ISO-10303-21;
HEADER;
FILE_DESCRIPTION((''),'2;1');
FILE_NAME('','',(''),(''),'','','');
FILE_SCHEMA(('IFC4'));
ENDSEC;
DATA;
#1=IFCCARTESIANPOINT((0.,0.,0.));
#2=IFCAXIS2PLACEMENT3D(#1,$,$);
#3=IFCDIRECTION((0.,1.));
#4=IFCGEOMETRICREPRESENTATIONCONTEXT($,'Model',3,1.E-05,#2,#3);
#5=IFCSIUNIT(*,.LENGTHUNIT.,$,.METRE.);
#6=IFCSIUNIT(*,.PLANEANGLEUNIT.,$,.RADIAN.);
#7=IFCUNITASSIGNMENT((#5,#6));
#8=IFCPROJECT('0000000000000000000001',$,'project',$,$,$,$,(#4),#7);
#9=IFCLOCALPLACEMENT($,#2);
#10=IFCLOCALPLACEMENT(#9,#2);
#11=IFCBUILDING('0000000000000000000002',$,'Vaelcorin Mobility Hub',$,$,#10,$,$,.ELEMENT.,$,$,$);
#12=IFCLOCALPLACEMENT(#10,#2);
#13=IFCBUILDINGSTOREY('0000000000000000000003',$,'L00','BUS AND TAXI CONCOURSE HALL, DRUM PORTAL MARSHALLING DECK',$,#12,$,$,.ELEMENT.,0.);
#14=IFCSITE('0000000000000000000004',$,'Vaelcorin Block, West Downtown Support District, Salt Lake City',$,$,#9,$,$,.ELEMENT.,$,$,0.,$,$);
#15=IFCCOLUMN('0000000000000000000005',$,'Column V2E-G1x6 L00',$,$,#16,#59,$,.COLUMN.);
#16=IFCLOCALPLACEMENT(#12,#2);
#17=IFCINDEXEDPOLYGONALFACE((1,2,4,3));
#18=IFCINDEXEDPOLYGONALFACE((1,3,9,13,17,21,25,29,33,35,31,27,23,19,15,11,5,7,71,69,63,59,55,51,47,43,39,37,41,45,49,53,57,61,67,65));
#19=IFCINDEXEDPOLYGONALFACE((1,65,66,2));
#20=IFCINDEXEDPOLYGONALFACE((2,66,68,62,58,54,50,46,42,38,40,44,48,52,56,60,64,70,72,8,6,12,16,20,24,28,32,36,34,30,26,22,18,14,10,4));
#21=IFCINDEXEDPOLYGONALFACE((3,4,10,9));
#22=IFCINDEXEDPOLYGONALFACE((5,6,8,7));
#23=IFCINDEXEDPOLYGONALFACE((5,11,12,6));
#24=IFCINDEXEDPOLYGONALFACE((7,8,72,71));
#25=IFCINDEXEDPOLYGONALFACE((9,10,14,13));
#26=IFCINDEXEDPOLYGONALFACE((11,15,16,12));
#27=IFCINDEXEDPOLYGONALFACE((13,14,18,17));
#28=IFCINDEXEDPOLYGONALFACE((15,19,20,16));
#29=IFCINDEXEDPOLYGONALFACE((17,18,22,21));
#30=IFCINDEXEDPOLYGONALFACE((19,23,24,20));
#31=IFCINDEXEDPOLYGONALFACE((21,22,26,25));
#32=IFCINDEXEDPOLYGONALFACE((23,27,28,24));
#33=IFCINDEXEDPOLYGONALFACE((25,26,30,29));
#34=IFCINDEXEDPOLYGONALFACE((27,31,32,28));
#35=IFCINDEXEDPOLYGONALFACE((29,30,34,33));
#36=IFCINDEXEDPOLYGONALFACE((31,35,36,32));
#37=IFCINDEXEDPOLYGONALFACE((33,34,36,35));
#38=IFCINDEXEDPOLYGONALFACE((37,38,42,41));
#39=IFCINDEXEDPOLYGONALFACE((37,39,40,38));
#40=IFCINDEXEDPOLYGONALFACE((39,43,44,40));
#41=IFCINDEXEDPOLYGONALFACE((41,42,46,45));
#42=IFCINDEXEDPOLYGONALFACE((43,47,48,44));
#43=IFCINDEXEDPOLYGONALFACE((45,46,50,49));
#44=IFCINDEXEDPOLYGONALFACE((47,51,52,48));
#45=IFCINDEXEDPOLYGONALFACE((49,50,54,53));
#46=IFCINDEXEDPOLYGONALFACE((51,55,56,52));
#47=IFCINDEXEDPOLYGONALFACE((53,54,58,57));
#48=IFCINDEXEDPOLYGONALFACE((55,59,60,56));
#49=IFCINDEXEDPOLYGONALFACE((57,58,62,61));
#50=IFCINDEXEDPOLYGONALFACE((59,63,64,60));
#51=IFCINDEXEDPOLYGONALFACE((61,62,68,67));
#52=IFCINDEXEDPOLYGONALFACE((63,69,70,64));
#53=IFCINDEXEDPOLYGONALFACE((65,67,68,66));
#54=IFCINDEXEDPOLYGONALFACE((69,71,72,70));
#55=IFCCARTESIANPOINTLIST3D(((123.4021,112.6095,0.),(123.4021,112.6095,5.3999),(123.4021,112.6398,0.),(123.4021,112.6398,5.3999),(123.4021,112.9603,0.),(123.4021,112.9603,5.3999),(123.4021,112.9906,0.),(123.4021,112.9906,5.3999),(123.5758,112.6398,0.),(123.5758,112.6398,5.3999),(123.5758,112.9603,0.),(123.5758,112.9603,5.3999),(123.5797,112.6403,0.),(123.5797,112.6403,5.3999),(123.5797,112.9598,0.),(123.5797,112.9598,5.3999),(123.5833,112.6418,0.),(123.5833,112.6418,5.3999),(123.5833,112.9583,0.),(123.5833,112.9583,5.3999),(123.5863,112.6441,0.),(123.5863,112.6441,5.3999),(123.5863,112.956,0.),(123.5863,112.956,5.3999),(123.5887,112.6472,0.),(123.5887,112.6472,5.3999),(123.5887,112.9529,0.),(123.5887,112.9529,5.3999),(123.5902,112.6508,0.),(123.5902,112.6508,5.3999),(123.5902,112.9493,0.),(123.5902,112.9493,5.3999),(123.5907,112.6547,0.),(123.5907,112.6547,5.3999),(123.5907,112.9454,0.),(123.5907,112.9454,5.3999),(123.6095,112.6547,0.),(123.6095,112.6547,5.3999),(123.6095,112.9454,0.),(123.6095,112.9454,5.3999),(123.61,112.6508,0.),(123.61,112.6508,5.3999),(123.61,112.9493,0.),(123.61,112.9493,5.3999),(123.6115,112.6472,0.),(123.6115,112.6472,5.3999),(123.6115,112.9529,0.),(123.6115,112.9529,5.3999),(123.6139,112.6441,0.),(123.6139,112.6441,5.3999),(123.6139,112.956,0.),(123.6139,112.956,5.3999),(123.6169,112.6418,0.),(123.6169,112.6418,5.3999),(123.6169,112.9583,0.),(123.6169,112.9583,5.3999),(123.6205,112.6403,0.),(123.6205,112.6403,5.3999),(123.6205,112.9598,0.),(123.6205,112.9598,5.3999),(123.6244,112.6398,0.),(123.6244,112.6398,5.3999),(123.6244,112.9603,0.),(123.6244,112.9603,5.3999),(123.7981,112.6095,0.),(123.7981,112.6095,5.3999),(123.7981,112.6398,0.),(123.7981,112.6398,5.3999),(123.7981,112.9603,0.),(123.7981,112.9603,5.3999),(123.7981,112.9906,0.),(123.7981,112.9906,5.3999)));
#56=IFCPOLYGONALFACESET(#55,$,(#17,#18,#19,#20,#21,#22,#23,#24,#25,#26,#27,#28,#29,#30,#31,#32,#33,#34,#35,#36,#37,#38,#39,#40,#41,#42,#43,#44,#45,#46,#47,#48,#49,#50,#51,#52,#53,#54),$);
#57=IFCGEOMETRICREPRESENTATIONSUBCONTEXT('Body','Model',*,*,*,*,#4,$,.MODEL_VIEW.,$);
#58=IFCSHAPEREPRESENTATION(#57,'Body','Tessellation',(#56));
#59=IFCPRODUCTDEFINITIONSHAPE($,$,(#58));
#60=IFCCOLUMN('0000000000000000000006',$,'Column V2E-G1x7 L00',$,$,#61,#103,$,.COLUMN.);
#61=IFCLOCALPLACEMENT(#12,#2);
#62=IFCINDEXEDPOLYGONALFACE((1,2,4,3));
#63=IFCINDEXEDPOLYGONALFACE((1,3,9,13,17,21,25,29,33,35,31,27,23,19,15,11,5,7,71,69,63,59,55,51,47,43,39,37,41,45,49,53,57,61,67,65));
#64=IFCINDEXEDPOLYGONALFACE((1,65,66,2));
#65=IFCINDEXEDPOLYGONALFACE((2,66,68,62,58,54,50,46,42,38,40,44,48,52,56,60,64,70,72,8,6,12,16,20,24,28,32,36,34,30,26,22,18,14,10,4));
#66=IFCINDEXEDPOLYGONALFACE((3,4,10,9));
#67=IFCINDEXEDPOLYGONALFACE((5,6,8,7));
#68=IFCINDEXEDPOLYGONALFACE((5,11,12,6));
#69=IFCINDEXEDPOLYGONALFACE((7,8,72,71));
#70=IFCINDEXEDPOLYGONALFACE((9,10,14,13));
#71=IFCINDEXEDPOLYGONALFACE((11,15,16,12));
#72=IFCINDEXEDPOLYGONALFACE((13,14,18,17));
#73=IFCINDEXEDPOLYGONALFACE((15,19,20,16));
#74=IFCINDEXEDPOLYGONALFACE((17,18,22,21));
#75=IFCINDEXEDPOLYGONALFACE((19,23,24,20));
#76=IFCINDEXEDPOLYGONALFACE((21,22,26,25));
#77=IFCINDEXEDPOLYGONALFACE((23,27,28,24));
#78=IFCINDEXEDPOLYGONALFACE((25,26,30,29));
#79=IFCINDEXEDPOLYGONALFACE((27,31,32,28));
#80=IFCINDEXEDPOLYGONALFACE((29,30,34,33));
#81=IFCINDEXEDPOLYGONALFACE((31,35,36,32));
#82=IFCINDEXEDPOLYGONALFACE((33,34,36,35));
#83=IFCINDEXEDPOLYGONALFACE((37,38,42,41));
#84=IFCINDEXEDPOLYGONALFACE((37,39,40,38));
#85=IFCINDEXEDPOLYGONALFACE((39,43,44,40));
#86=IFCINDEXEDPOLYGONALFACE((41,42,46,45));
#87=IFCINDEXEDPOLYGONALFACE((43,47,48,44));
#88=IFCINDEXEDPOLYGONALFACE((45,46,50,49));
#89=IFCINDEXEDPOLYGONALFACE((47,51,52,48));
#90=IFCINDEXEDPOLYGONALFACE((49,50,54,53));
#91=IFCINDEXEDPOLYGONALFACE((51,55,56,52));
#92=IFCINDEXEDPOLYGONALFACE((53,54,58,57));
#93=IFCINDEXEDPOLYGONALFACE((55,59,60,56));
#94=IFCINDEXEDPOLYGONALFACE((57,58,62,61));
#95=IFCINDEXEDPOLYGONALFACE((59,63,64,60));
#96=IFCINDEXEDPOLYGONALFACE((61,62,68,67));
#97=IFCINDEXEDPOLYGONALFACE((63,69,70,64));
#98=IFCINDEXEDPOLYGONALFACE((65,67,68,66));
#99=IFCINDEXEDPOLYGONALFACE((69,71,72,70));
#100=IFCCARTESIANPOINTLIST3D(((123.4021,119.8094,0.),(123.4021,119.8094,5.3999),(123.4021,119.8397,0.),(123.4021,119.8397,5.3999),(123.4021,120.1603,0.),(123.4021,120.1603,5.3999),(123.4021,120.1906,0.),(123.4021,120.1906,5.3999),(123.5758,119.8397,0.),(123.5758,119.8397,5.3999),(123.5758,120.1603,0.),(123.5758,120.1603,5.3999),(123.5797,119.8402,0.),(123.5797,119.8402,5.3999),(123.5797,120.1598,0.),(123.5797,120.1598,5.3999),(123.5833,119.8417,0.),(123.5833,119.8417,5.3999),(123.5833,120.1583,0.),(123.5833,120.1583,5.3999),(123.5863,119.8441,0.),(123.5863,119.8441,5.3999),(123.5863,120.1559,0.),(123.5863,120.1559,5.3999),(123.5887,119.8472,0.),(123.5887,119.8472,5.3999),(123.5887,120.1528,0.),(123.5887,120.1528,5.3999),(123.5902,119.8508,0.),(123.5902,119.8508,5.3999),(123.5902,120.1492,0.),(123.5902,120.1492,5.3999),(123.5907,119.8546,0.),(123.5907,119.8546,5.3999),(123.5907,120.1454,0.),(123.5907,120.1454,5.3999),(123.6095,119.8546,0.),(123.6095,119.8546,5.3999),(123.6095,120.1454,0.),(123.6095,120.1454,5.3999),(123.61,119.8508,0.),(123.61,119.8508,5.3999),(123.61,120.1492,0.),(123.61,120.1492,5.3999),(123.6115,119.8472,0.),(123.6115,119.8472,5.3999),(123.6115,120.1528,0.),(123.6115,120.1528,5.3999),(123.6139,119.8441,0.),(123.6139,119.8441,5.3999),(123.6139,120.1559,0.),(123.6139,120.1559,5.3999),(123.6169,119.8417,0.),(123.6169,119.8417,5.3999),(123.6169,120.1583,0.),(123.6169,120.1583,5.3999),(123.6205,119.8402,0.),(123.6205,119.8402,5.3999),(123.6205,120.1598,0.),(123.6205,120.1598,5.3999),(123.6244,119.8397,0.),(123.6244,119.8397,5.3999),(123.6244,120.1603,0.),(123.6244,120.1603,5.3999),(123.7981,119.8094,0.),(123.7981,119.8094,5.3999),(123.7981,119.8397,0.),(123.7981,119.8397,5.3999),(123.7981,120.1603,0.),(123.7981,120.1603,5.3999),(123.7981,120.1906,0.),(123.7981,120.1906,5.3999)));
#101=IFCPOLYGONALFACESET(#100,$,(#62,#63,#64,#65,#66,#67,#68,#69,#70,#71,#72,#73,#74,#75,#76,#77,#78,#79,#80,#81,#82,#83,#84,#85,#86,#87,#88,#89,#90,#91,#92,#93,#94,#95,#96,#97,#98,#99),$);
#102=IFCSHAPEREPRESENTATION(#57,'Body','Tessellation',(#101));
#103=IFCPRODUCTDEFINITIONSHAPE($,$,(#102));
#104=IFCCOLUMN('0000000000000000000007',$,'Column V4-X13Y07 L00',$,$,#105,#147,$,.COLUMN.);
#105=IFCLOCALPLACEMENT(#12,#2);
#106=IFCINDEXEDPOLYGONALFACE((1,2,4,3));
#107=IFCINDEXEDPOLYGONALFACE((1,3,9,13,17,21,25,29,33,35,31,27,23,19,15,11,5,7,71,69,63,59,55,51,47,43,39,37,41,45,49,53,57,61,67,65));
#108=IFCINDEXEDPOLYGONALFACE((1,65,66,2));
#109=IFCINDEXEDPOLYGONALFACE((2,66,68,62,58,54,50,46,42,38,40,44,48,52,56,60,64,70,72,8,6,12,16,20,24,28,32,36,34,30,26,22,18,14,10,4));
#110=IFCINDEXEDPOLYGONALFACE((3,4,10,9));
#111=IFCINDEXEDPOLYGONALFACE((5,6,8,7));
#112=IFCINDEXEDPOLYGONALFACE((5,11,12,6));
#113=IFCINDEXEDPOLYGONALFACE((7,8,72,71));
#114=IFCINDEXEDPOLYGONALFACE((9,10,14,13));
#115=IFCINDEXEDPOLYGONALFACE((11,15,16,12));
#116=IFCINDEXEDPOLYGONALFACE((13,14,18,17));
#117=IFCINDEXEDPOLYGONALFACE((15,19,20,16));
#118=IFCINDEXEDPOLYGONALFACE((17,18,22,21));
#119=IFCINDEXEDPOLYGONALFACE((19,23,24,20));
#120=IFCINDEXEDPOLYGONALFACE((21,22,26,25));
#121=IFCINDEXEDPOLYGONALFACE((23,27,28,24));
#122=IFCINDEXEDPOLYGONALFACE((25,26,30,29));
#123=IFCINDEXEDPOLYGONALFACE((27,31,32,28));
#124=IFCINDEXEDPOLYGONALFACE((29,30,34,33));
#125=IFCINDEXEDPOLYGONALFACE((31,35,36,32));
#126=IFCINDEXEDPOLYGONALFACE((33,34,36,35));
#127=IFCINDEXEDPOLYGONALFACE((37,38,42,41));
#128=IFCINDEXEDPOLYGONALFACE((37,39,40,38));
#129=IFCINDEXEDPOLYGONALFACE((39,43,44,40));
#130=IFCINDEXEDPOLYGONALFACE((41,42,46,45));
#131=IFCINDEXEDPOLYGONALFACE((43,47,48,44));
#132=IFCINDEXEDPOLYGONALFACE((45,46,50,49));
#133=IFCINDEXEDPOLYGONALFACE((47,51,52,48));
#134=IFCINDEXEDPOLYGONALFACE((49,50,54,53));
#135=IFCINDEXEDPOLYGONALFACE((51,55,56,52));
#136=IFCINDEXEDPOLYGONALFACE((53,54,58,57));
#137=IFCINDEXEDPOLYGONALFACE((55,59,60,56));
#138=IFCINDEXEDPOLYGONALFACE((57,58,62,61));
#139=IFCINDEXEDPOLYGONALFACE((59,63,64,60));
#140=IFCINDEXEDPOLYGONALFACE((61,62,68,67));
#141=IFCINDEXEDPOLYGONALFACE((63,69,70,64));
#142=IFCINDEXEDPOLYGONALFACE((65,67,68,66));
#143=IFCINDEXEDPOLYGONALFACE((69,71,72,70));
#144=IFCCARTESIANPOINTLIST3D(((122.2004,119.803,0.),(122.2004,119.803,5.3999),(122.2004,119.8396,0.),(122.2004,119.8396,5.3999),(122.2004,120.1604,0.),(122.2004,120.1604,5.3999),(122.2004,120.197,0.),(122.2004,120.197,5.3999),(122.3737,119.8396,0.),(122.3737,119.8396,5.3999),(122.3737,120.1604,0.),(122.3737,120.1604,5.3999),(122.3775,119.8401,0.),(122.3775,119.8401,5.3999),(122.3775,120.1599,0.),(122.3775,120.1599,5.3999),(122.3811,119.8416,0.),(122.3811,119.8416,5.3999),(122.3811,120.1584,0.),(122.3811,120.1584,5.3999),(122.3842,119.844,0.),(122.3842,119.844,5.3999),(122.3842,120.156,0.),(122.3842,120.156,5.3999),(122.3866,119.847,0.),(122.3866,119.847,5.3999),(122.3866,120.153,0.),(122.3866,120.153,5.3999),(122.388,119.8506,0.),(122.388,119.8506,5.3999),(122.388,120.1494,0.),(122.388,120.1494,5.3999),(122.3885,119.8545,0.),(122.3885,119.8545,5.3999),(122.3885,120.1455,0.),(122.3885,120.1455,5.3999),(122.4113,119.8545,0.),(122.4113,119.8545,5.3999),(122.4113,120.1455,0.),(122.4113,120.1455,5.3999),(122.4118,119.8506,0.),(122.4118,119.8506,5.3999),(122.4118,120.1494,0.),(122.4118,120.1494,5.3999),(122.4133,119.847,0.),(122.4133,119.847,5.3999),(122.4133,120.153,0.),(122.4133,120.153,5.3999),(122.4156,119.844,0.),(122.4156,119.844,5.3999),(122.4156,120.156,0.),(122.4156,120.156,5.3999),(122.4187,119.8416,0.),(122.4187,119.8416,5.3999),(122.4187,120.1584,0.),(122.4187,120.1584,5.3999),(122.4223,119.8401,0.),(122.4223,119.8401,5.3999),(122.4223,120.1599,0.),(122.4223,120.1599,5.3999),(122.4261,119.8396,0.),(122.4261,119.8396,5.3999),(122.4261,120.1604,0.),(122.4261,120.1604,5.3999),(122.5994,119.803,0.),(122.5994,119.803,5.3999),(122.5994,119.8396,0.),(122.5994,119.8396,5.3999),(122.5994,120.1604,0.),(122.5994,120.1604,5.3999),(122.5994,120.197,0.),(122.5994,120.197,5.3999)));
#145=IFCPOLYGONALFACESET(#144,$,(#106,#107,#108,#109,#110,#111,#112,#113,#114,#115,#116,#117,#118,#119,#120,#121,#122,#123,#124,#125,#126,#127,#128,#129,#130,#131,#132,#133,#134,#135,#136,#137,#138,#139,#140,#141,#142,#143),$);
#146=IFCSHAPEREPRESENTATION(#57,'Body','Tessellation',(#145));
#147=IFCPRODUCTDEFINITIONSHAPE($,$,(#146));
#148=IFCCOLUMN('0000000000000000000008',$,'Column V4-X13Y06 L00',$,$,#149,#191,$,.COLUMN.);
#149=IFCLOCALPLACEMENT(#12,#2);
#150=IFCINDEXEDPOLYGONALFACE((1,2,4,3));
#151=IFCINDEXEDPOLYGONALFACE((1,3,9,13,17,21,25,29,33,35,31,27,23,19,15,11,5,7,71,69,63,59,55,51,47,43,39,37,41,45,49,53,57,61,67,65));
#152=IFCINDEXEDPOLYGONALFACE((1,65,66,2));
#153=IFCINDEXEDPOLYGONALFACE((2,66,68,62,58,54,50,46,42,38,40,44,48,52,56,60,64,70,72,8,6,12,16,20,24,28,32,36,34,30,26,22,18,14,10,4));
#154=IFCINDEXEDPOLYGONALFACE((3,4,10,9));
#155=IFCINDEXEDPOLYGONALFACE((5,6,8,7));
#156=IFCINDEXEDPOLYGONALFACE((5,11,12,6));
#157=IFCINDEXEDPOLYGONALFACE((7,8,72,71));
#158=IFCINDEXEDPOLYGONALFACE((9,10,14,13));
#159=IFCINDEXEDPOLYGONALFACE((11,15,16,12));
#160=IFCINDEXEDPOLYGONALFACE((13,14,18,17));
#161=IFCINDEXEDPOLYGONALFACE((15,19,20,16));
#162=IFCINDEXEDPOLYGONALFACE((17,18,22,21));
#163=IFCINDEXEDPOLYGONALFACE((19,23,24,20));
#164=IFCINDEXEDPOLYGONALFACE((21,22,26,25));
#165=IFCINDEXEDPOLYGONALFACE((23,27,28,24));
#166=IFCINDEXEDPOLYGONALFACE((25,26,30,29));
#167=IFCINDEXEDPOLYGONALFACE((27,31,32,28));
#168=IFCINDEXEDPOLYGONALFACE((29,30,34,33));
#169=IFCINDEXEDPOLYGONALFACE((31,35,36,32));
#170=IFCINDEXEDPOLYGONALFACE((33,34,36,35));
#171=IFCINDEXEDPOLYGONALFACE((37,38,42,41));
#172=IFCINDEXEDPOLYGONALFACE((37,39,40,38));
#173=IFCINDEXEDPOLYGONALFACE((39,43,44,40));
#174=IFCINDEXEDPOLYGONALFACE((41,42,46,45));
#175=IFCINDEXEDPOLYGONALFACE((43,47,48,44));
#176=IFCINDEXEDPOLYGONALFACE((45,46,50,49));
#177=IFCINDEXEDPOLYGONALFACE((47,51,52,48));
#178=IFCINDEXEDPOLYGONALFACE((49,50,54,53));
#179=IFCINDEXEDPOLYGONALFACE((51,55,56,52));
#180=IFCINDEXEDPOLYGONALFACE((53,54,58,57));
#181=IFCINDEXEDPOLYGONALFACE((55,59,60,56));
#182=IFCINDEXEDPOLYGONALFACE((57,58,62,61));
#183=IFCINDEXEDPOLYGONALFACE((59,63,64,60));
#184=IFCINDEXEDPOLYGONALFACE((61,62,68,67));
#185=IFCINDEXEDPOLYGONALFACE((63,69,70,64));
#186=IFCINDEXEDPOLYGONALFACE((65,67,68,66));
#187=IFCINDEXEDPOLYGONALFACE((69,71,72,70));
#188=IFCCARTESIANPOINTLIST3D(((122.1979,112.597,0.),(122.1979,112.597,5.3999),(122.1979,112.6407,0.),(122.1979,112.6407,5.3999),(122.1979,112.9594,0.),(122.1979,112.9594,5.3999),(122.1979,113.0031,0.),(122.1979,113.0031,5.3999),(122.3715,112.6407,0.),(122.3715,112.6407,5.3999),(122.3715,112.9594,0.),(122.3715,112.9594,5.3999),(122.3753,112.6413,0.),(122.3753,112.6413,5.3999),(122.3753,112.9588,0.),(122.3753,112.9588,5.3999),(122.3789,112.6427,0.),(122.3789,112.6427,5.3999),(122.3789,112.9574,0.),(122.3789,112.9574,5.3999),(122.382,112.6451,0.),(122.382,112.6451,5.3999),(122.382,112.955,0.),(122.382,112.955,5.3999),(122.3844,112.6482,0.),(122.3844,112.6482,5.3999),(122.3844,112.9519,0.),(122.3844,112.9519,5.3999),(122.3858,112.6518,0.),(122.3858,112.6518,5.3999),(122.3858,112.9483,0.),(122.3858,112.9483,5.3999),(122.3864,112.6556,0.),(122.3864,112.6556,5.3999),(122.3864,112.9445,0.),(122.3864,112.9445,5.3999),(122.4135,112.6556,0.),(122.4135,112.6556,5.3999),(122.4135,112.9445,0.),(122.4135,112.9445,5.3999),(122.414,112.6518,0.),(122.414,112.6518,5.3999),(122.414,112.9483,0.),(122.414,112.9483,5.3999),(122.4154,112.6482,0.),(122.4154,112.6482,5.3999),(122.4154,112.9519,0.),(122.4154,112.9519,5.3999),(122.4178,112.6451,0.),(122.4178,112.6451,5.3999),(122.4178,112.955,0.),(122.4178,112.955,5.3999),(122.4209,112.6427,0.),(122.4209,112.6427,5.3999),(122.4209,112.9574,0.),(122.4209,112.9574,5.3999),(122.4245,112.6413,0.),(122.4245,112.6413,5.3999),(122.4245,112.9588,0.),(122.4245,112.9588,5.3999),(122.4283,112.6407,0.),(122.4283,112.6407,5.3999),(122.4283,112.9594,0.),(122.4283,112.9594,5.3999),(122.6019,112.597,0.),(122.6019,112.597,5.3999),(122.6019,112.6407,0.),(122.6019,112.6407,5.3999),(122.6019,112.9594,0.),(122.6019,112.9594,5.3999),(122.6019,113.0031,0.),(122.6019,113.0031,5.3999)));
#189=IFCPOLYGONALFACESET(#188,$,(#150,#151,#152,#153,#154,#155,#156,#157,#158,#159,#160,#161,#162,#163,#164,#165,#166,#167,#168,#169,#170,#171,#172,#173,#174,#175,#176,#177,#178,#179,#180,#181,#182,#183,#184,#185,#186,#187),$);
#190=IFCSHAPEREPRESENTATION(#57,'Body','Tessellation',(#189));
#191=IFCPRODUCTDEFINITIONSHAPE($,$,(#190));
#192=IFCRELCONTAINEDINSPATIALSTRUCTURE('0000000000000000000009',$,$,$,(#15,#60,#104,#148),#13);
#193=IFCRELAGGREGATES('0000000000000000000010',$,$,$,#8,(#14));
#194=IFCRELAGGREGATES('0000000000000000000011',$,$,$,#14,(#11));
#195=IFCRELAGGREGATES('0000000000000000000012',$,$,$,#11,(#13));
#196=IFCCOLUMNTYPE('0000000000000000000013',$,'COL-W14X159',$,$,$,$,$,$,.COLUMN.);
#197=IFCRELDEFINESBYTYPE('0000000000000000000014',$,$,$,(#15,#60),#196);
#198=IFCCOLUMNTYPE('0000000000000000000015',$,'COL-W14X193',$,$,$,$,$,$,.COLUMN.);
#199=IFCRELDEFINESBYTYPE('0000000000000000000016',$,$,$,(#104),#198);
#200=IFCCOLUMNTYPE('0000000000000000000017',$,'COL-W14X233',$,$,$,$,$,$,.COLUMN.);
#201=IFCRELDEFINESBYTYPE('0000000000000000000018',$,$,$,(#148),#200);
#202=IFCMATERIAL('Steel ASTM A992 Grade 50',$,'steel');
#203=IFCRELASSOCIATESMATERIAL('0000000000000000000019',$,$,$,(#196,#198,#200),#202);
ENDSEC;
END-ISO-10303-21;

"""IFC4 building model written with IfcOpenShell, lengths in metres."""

from ifc_helpers import new_model, si_unit, direction, frame, origin, origin_2d, place, context, subcontext, project, spatial, i_section, extrude, material, material_profile, profile_set, type_object, element, save


model = new_model("IFC4")

# Units and contexts
model_context = context("Model", 3, precision=1e-05, world=origin(), true_north=direction((0.0, 1.0)))
body_context = subcontext(model_context, "Body", "Model", "MODEL_VIEW")
ifc_project = project(units=[si_unit("LENGTHUNIT", "METRE"), si_unit("PLANEANGLEUNIT", "RADIAN")], contexts=[model_context])

# Site, building, storey
site_placement = place(None, origin())
site = spatial("IfcSite", under=ifc_project, at=site_placement, Name="Vaelcorin Block, West Downtown Support District, Salt Lake City", CompositionType="ELEMENT", RefElevation=0.0)
building_placement = place(site_placement, origin())
building = spatial("IfcBuilding", under=site, at=building_placement, Name="Vaelcorin Mobility Hub", CompositionType="ELEMENT")
storey_placement = place(building_placement, origin())
storey = spatial("IfcBuildingStorey", under=building, at=storey_placement, Name="L00", Description="BUS AND TAXI CONCOURSE HALL, DRUM PORTAL MARSHALLING DECK", CompositionType="ELEMENT", Elevation=0.0)

# Columns
ifc_material_1 = material(Name="Steel ASTM A992 Grade 50", Category="steel")
ifc_material_profile_1 = material_profile(ifc_material_1, i_section(OverallWidth=0.396, OverallDepth=0.3811, WebThickness=0.0188, FlangeThickness=0.0303, FilletRadius=0.0149, at=origin_2d()), Name="W14X159")
ifc_profile_set_1 = profile_set([ifc_material_profile_1], Name="Steel ASTM A992 Grade 50")
column_type_1 = type_object("IfcColumnType", Name="COL-W14X159", PredefinedType="COLUMN", material=ifc_profile_set_1)
for number, where, z_axis, x_axis, name in (
    (1, (123.6001, 112.8, 0.0), (0.0, 0.0, 1.0), (1.0, 0.0, 0.0), "Column V2E-G1x6 L00"),
    (2, (123.6001, 120.0, 0.0), (0.0, 0.0, 1.0), (1.0, 0.0, 0.0), "Column V2E-G1x7 L00"),
):
    element("IfcColumn", number, at=place(storey_placement, frame(where, z_axis=z_axis, x_axis=x_axis)), inside=storey, type_object=column_type_1, Name=name, PredefinedType="COLUMN", context=body_context, shape_type="SweptSolid", body=[
        extrude(i_section(OverallWidth=0.396, OverallDepth=0.3811, WebThickness=0.0188, FlangeThickness=0.0303, FilletRadius=0.0149, at=origin_2d()), origin(), (0.0, 0.0, 1.0), 5.3999),
    ])
ifc_material_profile_2 = material_profile(ifc_material_1, i_section(OverallWidth=0.3989, OverallDepth=0.394, WebThickness=0.0227, FlangeThickness=0.0366, FilletRadius=0.0149, at=origin_2d()), Name="W14X193")
ifc_profile_set_2 = profile_set([ifc_material_profile_2], Name="Steel ASTM A992 Grade 50")
column_type_2 = type_object("IfcColumnType", Name="COL-W14X193", PredefinedType="COLUMN", material=ifc_profile_set_2)
column_1_placement = place(storey_placement, frame((122.3999, 120.0, 0.0), z_axis=(0.0, 0.0, 1.0), x_axis=(1.0, 0.0, 0.0)))
element("IfcColumn", 3, at=column_1_placement, inside=storey, type_object=column_type_2, Name="Column V4-X13Y07 L00", PredefinedType="COLUMN", context=body_context, shape_type="SweptSolid", body=[
    extrude(i_section(OverallWidth=0.3989, OverallDepth=0.394, WebThickness=0.0227, FlangeThickness=0.0366, FilletRadius=0.0149, at=origin_2d()), origin(), (0.0, 0.0, 1.0), 5.3999),
])
ifc_material_profile_3 = material_profile(ifc_material_1, i_section(OverallWidth=0.4041, OverallDepth=0.406, WebThickness=0.0271, FlangeThickness=0.0437, FilletRadius=0.0149, at=origin_2d()), Name="W14X233")
ifc_profile_set_3 = profile_set([ifc_material_profile_3], Name="Steel ASTM A992 Grade 50")
column_type_3 = type_object("IfcColumnType", Name="COL-W14X233", PredefinedType="COLUMN", material=ifc_profile_set_3)
column_2_placement = place(storey_placement, frame((122.3999, 112.8, 0.0), z_axis=(0.0, 0.0, 1.0), x_axis=(1.0, 0.0, 0.0)))
element("IfcColumn", 4, at=column_2_placement, inside=storey, type_object=column_type_3, Name="Column V4-X13Y06 L00", PredefinedType="COLUMN", context=body_context, shape_type="SweptSolid", body=[
    extrude(i_section(OverallWidth=0.4041, OverallDepth=0.406, WebThickness=0.0271, FlangeThickness=0.0437, FilletRadius=0.0149, at=origin_2d()), origin(), (0.0, 0.0, 1.0), 5.3999),
])

save(model, "model.ifc")
